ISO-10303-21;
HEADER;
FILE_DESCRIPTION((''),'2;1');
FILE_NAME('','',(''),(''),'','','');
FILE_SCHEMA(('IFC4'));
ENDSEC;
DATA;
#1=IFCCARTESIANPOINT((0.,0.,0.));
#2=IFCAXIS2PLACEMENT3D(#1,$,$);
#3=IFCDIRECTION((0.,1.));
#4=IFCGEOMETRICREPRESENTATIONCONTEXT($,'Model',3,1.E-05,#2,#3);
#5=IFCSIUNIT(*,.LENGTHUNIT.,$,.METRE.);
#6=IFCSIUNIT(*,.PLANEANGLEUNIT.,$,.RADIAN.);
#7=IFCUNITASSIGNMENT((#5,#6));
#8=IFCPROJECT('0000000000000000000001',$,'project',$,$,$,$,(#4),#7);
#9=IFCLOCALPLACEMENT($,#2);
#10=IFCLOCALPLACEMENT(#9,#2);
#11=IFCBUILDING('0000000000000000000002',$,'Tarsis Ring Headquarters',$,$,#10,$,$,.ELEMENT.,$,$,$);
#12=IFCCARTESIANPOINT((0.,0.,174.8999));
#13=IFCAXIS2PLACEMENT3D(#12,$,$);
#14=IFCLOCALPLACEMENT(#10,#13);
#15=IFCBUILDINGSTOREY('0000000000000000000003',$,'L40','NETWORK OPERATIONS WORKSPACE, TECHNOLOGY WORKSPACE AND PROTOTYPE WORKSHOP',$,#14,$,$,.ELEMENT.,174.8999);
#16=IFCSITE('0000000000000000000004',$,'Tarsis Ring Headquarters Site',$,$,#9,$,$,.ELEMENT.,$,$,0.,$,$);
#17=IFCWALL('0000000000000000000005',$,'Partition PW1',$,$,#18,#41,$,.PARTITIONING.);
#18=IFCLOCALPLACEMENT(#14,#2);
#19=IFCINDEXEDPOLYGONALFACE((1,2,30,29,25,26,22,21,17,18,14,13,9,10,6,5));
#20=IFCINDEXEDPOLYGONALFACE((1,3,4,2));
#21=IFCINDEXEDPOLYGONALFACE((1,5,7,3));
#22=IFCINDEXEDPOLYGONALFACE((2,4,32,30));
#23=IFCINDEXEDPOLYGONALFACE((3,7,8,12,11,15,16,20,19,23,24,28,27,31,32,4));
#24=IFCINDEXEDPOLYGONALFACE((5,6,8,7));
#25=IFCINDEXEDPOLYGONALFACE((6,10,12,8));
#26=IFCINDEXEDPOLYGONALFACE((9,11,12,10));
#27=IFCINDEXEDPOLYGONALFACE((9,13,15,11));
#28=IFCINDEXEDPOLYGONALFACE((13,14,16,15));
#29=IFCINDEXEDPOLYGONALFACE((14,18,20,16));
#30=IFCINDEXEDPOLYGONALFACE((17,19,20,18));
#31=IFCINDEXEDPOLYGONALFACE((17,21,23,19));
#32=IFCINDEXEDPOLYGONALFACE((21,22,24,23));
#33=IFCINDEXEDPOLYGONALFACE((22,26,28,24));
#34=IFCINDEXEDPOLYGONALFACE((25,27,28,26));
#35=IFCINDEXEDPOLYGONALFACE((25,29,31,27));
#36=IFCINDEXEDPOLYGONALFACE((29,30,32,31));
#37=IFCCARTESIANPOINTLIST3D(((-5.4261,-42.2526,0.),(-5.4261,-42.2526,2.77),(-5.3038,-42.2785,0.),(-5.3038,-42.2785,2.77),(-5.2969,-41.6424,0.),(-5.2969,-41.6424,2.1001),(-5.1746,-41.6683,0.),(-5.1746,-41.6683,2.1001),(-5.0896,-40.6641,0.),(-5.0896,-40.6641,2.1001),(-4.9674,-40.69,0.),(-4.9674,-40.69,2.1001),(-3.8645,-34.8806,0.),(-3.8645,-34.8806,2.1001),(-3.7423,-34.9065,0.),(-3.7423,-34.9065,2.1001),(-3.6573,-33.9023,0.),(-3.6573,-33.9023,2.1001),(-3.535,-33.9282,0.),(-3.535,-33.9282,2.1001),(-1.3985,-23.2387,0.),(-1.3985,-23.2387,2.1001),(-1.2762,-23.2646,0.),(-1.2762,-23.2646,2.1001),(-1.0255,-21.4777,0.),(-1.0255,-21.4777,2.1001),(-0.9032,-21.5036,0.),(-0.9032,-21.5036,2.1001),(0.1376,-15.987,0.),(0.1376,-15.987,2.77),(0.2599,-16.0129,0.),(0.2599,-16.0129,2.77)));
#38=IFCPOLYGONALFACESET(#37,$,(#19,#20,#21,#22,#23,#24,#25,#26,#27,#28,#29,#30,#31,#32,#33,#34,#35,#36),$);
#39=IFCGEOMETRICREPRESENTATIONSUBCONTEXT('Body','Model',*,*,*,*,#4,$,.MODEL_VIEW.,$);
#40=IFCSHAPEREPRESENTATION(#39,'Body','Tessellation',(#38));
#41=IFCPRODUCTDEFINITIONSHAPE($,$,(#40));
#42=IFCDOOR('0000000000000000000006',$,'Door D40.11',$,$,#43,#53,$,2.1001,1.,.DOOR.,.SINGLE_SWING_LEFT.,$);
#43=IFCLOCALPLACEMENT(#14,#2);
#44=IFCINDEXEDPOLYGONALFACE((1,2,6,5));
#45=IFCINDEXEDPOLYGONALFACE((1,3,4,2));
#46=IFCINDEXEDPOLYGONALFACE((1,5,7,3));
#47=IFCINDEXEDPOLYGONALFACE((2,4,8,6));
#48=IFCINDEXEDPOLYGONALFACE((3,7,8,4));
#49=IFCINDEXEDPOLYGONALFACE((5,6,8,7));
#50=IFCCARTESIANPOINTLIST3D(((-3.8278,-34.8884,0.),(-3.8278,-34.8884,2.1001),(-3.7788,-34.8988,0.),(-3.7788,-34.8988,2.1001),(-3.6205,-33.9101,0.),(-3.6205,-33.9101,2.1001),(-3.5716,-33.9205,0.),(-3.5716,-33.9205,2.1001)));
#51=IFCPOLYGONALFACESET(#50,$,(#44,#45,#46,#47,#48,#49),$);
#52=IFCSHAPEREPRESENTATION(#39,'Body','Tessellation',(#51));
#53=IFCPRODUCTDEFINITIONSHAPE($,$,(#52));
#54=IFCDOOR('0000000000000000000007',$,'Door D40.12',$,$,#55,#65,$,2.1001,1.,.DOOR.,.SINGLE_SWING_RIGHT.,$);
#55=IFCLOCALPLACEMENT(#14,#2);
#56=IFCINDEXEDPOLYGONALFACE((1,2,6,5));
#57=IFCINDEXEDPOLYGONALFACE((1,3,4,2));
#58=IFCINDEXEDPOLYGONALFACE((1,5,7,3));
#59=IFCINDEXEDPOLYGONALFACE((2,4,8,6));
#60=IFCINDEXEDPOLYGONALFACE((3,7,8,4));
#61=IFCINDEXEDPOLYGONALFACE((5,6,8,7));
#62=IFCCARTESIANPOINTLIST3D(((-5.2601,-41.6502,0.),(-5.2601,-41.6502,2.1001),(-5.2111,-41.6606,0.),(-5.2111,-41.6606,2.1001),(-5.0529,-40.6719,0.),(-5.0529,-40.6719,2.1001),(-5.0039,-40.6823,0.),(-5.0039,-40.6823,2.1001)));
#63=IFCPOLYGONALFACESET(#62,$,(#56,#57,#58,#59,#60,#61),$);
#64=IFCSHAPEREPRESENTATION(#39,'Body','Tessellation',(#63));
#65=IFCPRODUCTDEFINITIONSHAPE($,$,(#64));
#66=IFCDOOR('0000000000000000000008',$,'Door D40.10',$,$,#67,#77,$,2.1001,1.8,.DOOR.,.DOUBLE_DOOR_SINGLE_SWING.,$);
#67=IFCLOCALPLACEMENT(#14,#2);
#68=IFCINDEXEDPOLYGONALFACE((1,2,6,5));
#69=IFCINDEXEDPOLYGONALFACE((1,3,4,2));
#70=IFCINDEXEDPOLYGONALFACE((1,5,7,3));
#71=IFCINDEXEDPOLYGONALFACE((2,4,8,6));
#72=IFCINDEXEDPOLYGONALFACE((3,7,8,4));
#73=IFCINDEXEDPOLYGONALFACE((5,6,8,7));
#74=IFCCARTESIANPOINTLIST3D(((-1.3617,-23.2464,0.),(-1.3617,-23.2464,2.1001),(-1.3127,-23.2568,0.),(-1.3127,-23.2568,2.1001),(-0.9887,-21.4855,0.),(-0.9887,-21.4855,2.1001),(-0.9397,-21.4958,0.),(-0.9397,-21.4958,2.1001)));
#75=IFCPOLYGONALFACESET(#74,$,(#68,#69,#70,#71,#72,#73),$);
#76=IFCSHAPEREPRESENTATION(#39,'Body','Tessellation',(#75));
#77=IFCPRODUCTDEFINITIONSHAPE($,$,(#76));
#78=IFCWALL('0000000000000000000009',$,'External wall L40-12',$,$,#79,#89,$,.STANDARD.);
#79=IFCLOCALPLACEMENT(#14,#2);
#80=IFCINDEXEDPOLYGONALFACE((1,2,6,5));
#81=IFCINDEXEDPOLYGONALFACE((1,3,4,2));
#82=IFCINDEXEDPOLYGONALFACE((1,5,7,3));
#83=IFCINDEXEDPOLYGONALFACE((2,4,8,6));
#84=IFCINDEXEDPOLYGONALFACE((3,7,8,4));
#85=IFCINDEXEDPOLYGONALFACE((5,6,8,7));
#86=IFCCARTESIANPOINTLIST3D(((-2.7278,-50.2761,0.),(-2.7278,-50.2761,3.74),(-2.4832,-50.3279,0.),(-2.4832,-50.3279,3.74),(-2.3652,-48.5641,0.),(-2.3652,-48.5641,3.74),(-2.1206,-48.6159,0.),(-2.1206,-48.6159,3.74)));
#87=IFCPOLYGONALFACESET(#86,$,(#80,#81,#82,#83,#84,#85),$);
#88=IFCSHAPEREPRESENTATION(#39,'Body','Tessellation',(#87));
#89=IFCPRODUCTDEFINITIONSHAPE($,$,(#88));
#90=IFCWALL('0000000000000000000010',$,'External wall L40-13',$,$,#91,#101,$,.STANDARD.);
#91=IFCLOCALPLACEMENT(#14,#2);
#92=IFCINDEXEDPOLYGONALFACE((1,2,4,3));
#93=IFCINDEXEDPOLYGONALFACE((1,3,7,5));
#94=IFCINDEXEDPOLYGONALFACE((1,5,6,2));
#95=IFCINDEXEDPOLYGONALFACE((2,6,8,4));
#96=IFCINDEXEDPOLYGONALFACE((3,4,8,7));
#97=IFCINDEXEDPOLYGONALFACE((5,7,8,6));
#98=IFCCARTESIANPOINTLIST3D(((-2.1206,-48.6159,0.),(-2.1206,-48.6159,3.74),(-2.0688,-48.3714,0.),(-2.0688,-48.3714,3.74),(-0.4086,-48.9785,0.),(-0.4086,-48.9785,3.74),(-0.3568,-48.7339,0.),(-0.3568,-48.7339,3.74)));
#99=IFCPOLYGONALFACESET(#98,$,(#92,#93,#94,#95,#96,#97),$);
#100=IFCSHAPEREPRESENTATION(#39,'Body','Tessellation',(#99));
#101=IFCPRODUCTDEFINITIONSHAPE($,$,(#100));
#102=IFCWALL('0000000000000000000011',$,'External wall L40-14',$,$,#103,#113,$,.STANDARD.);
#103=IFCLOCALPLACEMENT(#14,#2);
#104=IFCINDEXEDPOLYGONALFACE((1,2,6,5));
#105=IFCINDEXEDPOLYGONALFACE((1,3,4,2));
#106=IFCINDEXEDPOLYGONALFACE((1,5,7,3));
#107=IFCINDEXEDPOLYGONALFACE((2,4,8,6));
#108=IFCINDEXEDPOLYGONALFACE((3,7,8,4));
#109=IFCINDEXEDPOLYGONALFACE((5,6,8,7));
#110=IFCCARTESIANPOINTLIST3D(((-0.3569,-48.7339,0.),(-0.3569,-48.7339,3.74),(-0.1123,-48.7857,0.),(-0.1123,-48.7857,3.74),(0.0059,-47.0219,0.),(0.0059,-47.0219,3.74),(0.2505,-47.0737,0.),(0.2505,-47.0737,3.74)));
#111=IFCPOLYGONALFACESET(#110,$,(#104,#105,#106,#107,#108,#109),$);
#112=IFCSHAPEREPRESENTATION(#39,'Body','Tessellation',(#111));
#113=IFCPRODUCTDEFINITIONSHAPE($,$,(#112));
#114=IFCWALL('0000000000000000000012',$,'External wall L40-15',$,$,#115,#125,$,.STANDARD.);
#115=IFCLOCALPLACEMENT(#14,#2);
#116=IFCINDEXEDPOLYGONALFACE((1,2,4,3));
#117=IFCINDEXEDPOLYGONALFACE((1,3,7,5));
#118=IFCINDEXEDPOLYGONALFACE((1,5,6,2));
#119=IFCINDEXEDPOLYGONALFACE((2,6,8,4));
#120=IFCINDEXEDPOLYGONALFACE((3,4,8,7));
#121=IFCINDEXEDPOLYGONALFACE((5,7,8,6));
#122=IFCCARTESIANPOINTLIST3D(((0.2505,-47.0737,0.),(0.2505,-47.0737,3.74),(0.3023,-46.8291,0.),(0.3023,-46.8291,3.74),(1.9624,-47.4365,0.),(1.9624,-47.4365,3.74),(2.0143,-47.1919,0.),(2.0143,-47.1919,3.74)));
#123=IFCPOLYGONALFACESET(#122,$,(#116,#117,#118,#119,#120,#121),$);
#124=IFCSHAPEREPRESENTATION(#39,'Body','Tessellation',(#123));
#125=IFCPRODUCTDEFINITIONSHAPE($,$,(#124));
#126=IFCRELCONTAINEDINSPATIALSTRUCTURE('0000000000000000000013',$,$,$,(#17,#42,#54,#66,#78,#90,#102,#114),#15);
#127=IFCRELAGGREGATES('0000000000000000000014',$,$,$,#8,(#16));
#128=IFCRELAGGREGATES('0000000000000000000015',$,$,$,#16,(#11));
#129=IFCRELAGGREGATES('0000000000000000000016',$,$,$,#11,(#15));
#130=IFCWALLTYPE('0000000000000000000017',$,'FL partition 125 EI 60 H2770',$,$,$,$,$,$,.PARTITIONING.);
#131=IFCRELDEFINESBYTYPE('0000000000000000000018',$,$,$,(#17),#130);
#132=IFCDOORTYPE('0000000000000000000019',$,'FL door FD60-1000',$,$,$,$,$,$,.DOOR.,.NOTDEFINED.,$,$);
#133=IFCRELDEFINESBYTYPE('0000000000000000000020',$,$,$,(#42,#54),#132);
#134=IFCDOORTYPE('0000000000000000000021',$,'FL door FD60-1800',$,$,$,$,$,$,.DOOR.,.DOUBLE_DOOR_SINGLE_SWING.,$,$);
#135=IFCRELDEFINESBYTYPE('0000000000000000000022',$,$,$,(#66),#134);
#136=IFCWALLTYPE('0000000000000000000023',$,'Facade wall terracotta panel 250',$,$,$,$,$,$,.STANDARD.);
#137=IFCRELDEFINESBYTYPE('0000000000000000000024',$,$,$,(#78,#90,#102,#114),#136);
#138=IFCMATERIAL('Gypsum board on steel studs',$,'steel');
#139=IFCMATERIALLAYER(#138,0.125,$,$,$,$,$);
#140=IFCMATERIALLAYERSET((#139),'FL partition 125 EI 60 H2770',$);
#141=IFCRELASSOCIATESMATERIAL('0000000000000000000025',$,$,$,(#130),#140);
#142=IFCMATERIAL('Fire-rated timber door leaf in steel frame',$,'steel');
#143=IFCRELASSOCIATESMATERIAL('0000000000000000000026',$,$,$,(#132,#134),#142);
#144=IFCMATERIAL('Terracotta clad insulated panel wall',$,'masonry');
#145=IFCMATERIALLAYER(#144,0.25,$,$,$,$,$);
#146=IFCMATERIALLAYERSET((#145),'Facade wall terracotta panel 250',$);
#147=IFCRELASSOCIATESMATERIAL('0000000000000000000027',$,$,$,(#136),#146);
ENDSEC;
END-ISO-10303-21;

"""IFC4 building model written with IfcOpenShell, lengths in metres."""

from ifc_helpers import new_model, si_unit, direction, frame, frame_2d, origin, place, context, subcontext, project, spatial, rectangle, extrude, material, layer, layer_set, type_object, element, fill, save


model = new_model("IFC4")

# Units and contexts
model_context = context("Model", 3, precision=1e-05, world=origin(), true_north=direction((0.0, 1.0)))
body_context = subcontext(model_context, "Body", "Model", "MODEL_VIEW")
ifc_project = project(units=[si_unit("LENGTHUNIT", "METRE"), si_unit("PLANEANGLEUNIT", "RADIAN")], contexts=[model_context])

# Site, building, storey
site_placement = place(None, origin())
site = spatial("IfcSite", under=ifc_project, at=site_placement, Name="Tarsis Ring Headquarters Site", CompositionType="ELEMENT", RefElevation=0.0)
building_placement = place(site_placement, origin())
building = spatial("IfcBuilding", under=site, at=building_placement, Name="Tarsis Ring Headquarters", CompositionType="ELEMENT")
storey_placement = place(building_placement, frame((0.0, 0.0, 174.8999)))
storey = spatial("IfcBuildingStorey", under=building, at=storey_placement, Name="L40", Description="NETWORK OPERATIONS WORKSPACE, TECHNOLOGY WORKSPACE AND PROTOTYPE WORKSHOP", CompositionType="ELEMENT", Elevation=174.8999)

# Shared definitions
ifc_material_1 = material(Name="Gypsum board on steel studs", Category="steel")

# Wall, openings, doors
ifc_layer_1 = layer(ifc_material_1, 0.125)
ifc_layer_set_1 = layer_set([ifc_layer_1], Name="FL partition 125 EI 60 H2770")
wall_type_1 = type_object("IfcWallType", Name="FL partition 125 EI 60 H2770", PredefinedType="PARTITIONING", material=ifc_layer_set_1)
wall_1_placement = place(storey_placement, frame((-5.365, -42.2656, 0.0), z_axis=(0.0, 0.0, 1.0), x_axis=(0.207227, 0.978293, 0.0)))
wall_1 = element("IfcWall", 1, at=wall_1_placement, inside=storey, type_object=wall_type_1, Name="Partition PW1", PredefinedType="PARTITIONING", context=body_context, shape_type="SweptSolid", body=[
    extrude(rectangle(XDim=26.8484, YDim=0.125, at=frame_2d((13.4243, 0.0))), origin(), (0.0, 0.0, 1.0), 2.77),
])
opening_1_placement = place(wall_1_placement, frame((19.436, 0.0, 0.0)))
opening_1 = element("IfcOpeningElement", 2, at=opening_1_placement, cuts=wall_1, PredefinedType="OPENING", context=body_context, shape_type="SweptSolid", body=[
    extrude(rectangle(XDim=1.8, YDim=2.1001, at=frame_2d((0.8999, 1.05))), frame((0.0, 0.0725, 0.0), z_axis=(0.0, -1.0, 0.0), x_axis=(1.0, 0.0, 0.0)), (0.0, 0.0, 1.0), 0.145),
])
opening_2_placement = place(wall_1_placement, frame((7.5356, 0.0, 0.0)))
opening_2 = element("IfcOpeningElement", 3, at=opening_2_placement, cuts=wall_1, PredefinedType="OPENING", context=body_context, shape_type="SweptSolid", body=[
    extrude(rectangle(XDim=1.0, YDim=2.1001, at=frame_2d((0.5, 1.05))), frame((0.0, 0.0725, 0.0), z_axis=(0.0, -1.0, 0.0), x_axis=(1.0, 0.0, 0.0)), (0.0, 0.0, 1.0), 0.145),
])
opening_3_placement = place(wall_1_placement, frame((0.6238, 0.0, 0.0)))
opening_3 = element("IfcOpeningElement", 4, at=opening_3_placement, cuts=wall_1, PredefinedType="OPENING", context=body_context, shape_type="SweptSolid", body=[
    extrude(rectangle(XDim=1.0, YDim=2.1001, at=frame_2d((0.5, 1.05))), frame((0.0, 0.0725, 0.0), z_axis=(0.0, -1.0, 0.0), x_axis=(1.0, 0.0, 0.0)), (0.0, 0.0, 1.0), 0.145),
])
ifc_material_2 = material(Name="Fire-rated timber door leaf in steel frame", Category="steel")
door_type_1 = type_object("IfcDoorType", Name="FL door FD60-1000", OperationType="NOTDEFINED", PredefinedType="DOOR", material=ifc_material_2)
door_1_placement = place(opening_2_placement, origin())
door_1 = element("IfcDoor", 5, at=door_1_placement, inside=storey, type_object=door_type_1, Name="Door D40.11", OperationType="SINGLE_SWING_LEFT", OverallHeight=2.1001, OverallWidth=1.0, PredefinedType="DOOR", context=body_context, shape_type="SweptSolid", body=[
    extrude(rectangle(XDim=1.0, YDim=2.1001, at=frame_2d((0.5, 1.05))), frame((0.0, 0.0249, 0.0), z_axis=(0.0, -1.0, 0.0), x_axis=(1.0, 0.0, 0.0)), (0.0, 0.0, 1.0), 0.05),
])
fill(opening_2, door_1)
door_2_placement = place(opening_3_placement, origin())
door_2 = element("IfcDoor", 6, at=door_2_placement, inside=storey, type_object=door_type_1, Name="Door D40.12", OperationType="SINGLE_SWING_RIGHT", OverallHeight=2.1001, OverallWidth=1.0, PredefinedType="DOOR", context=body_context, shape_type="SweptSolid", body=[
    extrude(rectangle(XDim=1.0, YDim=2.1001, at=frame_2d((0.5, 1.05))), frame((0.0, 0.0249, 0.0), z_axis=(0.0, -1.0, 0.0), x_axis=(1.0, 0.0, 0.0)), (0.0, 0.0, 1.0), 0.05),
])
fill(opening_3, door_2)
door_type_2 = type_object("IfcDoorType", Name="FL door FD60-1800", OperationType="DOUBLE_DOOR_SINGLE_SWING", PredefinedType="DOOR", material=ifc_material_2)
door_3_placement = place(opening_1_placement, origin())
door_3 = element("IfcDoor", 7, at=door_3_placement, inside=storey, type_object=door_type_2, Name="Door D40.10", OperationType="DOUBLE_DOOR_SINGLE_SWING", OverallHeight=2.1001, OverallWidth=1.8, PredefinedType="DOOR", context=body_context, shape_type="SweptSolid", body=[
    extrude(rectangle(XDim=1.8, YDim=2.1001, at=frame_2d((0.8999, 1.05))), frame((0.0, 0.0249, 0.0), z_axis=(0.0, -1.0, 0.0), x_axis=(1.0, 0.0, 0.0)), (0.0, 0.0, 1.0), 0.05),
])
fill(opening_1, door_3)

# Walls
ifc_material_3 = material(Name="Terracotta clad insulated panel wall", Category="masonry")
ifc_layer_2 = layer(ifc_material_3, 0.25)
ifc_layer_set_2 = layer_set([ifc_layer_2], Name="Facade wall terracotta panel 250")
wall_type_2 = type_object("IfcWallType", Name="Facade wall terracotta panel 250", PredefinedType="STANDARD", material=ifc_layer_set_2)
for number, where, z_axis, x_axis, name in (
    (8, (-2.6055, -50.302, 0.0), (0.0, 0.0, 1.0), (0.207185, 0.978302, 0.0), "External wall L40-12"),
    (9, (-2.0947, -48.4937, 0.0), (0.0, 0.0, 1.0), (0.978302, -0.207185, 0.0), "External wall L40-13"),
    (10, (-0.2346, -48.7598, 0.0), (0.0, 0.0, 1.0), (0.207318, 0.978274, 0.0), "External wall L40-14"),
    (11, (0.2764, -46.9514, 0.0), (0.0, 0.0, 1.0), (0.978274, -0.207318, 0.0), "External wall L40-15"),
):
    element("IfcWall", number, at=place(storey_placement, frame(where, z_axis=z_axis, x_axis=x_axis)), inside=storey, type_object=wall_type_2, Name=name, PredefinedType="STANDARD", context=body_context, shape_type="SweptSolid", body=[
        extrude(rectangle(XDim=1.75, YDim=0.25, at=frame_2d((0.875, 0.0))), origin(), (0.0, 0.0, 1.0), 3.74),
    ])

save(model, "model.ifc")
